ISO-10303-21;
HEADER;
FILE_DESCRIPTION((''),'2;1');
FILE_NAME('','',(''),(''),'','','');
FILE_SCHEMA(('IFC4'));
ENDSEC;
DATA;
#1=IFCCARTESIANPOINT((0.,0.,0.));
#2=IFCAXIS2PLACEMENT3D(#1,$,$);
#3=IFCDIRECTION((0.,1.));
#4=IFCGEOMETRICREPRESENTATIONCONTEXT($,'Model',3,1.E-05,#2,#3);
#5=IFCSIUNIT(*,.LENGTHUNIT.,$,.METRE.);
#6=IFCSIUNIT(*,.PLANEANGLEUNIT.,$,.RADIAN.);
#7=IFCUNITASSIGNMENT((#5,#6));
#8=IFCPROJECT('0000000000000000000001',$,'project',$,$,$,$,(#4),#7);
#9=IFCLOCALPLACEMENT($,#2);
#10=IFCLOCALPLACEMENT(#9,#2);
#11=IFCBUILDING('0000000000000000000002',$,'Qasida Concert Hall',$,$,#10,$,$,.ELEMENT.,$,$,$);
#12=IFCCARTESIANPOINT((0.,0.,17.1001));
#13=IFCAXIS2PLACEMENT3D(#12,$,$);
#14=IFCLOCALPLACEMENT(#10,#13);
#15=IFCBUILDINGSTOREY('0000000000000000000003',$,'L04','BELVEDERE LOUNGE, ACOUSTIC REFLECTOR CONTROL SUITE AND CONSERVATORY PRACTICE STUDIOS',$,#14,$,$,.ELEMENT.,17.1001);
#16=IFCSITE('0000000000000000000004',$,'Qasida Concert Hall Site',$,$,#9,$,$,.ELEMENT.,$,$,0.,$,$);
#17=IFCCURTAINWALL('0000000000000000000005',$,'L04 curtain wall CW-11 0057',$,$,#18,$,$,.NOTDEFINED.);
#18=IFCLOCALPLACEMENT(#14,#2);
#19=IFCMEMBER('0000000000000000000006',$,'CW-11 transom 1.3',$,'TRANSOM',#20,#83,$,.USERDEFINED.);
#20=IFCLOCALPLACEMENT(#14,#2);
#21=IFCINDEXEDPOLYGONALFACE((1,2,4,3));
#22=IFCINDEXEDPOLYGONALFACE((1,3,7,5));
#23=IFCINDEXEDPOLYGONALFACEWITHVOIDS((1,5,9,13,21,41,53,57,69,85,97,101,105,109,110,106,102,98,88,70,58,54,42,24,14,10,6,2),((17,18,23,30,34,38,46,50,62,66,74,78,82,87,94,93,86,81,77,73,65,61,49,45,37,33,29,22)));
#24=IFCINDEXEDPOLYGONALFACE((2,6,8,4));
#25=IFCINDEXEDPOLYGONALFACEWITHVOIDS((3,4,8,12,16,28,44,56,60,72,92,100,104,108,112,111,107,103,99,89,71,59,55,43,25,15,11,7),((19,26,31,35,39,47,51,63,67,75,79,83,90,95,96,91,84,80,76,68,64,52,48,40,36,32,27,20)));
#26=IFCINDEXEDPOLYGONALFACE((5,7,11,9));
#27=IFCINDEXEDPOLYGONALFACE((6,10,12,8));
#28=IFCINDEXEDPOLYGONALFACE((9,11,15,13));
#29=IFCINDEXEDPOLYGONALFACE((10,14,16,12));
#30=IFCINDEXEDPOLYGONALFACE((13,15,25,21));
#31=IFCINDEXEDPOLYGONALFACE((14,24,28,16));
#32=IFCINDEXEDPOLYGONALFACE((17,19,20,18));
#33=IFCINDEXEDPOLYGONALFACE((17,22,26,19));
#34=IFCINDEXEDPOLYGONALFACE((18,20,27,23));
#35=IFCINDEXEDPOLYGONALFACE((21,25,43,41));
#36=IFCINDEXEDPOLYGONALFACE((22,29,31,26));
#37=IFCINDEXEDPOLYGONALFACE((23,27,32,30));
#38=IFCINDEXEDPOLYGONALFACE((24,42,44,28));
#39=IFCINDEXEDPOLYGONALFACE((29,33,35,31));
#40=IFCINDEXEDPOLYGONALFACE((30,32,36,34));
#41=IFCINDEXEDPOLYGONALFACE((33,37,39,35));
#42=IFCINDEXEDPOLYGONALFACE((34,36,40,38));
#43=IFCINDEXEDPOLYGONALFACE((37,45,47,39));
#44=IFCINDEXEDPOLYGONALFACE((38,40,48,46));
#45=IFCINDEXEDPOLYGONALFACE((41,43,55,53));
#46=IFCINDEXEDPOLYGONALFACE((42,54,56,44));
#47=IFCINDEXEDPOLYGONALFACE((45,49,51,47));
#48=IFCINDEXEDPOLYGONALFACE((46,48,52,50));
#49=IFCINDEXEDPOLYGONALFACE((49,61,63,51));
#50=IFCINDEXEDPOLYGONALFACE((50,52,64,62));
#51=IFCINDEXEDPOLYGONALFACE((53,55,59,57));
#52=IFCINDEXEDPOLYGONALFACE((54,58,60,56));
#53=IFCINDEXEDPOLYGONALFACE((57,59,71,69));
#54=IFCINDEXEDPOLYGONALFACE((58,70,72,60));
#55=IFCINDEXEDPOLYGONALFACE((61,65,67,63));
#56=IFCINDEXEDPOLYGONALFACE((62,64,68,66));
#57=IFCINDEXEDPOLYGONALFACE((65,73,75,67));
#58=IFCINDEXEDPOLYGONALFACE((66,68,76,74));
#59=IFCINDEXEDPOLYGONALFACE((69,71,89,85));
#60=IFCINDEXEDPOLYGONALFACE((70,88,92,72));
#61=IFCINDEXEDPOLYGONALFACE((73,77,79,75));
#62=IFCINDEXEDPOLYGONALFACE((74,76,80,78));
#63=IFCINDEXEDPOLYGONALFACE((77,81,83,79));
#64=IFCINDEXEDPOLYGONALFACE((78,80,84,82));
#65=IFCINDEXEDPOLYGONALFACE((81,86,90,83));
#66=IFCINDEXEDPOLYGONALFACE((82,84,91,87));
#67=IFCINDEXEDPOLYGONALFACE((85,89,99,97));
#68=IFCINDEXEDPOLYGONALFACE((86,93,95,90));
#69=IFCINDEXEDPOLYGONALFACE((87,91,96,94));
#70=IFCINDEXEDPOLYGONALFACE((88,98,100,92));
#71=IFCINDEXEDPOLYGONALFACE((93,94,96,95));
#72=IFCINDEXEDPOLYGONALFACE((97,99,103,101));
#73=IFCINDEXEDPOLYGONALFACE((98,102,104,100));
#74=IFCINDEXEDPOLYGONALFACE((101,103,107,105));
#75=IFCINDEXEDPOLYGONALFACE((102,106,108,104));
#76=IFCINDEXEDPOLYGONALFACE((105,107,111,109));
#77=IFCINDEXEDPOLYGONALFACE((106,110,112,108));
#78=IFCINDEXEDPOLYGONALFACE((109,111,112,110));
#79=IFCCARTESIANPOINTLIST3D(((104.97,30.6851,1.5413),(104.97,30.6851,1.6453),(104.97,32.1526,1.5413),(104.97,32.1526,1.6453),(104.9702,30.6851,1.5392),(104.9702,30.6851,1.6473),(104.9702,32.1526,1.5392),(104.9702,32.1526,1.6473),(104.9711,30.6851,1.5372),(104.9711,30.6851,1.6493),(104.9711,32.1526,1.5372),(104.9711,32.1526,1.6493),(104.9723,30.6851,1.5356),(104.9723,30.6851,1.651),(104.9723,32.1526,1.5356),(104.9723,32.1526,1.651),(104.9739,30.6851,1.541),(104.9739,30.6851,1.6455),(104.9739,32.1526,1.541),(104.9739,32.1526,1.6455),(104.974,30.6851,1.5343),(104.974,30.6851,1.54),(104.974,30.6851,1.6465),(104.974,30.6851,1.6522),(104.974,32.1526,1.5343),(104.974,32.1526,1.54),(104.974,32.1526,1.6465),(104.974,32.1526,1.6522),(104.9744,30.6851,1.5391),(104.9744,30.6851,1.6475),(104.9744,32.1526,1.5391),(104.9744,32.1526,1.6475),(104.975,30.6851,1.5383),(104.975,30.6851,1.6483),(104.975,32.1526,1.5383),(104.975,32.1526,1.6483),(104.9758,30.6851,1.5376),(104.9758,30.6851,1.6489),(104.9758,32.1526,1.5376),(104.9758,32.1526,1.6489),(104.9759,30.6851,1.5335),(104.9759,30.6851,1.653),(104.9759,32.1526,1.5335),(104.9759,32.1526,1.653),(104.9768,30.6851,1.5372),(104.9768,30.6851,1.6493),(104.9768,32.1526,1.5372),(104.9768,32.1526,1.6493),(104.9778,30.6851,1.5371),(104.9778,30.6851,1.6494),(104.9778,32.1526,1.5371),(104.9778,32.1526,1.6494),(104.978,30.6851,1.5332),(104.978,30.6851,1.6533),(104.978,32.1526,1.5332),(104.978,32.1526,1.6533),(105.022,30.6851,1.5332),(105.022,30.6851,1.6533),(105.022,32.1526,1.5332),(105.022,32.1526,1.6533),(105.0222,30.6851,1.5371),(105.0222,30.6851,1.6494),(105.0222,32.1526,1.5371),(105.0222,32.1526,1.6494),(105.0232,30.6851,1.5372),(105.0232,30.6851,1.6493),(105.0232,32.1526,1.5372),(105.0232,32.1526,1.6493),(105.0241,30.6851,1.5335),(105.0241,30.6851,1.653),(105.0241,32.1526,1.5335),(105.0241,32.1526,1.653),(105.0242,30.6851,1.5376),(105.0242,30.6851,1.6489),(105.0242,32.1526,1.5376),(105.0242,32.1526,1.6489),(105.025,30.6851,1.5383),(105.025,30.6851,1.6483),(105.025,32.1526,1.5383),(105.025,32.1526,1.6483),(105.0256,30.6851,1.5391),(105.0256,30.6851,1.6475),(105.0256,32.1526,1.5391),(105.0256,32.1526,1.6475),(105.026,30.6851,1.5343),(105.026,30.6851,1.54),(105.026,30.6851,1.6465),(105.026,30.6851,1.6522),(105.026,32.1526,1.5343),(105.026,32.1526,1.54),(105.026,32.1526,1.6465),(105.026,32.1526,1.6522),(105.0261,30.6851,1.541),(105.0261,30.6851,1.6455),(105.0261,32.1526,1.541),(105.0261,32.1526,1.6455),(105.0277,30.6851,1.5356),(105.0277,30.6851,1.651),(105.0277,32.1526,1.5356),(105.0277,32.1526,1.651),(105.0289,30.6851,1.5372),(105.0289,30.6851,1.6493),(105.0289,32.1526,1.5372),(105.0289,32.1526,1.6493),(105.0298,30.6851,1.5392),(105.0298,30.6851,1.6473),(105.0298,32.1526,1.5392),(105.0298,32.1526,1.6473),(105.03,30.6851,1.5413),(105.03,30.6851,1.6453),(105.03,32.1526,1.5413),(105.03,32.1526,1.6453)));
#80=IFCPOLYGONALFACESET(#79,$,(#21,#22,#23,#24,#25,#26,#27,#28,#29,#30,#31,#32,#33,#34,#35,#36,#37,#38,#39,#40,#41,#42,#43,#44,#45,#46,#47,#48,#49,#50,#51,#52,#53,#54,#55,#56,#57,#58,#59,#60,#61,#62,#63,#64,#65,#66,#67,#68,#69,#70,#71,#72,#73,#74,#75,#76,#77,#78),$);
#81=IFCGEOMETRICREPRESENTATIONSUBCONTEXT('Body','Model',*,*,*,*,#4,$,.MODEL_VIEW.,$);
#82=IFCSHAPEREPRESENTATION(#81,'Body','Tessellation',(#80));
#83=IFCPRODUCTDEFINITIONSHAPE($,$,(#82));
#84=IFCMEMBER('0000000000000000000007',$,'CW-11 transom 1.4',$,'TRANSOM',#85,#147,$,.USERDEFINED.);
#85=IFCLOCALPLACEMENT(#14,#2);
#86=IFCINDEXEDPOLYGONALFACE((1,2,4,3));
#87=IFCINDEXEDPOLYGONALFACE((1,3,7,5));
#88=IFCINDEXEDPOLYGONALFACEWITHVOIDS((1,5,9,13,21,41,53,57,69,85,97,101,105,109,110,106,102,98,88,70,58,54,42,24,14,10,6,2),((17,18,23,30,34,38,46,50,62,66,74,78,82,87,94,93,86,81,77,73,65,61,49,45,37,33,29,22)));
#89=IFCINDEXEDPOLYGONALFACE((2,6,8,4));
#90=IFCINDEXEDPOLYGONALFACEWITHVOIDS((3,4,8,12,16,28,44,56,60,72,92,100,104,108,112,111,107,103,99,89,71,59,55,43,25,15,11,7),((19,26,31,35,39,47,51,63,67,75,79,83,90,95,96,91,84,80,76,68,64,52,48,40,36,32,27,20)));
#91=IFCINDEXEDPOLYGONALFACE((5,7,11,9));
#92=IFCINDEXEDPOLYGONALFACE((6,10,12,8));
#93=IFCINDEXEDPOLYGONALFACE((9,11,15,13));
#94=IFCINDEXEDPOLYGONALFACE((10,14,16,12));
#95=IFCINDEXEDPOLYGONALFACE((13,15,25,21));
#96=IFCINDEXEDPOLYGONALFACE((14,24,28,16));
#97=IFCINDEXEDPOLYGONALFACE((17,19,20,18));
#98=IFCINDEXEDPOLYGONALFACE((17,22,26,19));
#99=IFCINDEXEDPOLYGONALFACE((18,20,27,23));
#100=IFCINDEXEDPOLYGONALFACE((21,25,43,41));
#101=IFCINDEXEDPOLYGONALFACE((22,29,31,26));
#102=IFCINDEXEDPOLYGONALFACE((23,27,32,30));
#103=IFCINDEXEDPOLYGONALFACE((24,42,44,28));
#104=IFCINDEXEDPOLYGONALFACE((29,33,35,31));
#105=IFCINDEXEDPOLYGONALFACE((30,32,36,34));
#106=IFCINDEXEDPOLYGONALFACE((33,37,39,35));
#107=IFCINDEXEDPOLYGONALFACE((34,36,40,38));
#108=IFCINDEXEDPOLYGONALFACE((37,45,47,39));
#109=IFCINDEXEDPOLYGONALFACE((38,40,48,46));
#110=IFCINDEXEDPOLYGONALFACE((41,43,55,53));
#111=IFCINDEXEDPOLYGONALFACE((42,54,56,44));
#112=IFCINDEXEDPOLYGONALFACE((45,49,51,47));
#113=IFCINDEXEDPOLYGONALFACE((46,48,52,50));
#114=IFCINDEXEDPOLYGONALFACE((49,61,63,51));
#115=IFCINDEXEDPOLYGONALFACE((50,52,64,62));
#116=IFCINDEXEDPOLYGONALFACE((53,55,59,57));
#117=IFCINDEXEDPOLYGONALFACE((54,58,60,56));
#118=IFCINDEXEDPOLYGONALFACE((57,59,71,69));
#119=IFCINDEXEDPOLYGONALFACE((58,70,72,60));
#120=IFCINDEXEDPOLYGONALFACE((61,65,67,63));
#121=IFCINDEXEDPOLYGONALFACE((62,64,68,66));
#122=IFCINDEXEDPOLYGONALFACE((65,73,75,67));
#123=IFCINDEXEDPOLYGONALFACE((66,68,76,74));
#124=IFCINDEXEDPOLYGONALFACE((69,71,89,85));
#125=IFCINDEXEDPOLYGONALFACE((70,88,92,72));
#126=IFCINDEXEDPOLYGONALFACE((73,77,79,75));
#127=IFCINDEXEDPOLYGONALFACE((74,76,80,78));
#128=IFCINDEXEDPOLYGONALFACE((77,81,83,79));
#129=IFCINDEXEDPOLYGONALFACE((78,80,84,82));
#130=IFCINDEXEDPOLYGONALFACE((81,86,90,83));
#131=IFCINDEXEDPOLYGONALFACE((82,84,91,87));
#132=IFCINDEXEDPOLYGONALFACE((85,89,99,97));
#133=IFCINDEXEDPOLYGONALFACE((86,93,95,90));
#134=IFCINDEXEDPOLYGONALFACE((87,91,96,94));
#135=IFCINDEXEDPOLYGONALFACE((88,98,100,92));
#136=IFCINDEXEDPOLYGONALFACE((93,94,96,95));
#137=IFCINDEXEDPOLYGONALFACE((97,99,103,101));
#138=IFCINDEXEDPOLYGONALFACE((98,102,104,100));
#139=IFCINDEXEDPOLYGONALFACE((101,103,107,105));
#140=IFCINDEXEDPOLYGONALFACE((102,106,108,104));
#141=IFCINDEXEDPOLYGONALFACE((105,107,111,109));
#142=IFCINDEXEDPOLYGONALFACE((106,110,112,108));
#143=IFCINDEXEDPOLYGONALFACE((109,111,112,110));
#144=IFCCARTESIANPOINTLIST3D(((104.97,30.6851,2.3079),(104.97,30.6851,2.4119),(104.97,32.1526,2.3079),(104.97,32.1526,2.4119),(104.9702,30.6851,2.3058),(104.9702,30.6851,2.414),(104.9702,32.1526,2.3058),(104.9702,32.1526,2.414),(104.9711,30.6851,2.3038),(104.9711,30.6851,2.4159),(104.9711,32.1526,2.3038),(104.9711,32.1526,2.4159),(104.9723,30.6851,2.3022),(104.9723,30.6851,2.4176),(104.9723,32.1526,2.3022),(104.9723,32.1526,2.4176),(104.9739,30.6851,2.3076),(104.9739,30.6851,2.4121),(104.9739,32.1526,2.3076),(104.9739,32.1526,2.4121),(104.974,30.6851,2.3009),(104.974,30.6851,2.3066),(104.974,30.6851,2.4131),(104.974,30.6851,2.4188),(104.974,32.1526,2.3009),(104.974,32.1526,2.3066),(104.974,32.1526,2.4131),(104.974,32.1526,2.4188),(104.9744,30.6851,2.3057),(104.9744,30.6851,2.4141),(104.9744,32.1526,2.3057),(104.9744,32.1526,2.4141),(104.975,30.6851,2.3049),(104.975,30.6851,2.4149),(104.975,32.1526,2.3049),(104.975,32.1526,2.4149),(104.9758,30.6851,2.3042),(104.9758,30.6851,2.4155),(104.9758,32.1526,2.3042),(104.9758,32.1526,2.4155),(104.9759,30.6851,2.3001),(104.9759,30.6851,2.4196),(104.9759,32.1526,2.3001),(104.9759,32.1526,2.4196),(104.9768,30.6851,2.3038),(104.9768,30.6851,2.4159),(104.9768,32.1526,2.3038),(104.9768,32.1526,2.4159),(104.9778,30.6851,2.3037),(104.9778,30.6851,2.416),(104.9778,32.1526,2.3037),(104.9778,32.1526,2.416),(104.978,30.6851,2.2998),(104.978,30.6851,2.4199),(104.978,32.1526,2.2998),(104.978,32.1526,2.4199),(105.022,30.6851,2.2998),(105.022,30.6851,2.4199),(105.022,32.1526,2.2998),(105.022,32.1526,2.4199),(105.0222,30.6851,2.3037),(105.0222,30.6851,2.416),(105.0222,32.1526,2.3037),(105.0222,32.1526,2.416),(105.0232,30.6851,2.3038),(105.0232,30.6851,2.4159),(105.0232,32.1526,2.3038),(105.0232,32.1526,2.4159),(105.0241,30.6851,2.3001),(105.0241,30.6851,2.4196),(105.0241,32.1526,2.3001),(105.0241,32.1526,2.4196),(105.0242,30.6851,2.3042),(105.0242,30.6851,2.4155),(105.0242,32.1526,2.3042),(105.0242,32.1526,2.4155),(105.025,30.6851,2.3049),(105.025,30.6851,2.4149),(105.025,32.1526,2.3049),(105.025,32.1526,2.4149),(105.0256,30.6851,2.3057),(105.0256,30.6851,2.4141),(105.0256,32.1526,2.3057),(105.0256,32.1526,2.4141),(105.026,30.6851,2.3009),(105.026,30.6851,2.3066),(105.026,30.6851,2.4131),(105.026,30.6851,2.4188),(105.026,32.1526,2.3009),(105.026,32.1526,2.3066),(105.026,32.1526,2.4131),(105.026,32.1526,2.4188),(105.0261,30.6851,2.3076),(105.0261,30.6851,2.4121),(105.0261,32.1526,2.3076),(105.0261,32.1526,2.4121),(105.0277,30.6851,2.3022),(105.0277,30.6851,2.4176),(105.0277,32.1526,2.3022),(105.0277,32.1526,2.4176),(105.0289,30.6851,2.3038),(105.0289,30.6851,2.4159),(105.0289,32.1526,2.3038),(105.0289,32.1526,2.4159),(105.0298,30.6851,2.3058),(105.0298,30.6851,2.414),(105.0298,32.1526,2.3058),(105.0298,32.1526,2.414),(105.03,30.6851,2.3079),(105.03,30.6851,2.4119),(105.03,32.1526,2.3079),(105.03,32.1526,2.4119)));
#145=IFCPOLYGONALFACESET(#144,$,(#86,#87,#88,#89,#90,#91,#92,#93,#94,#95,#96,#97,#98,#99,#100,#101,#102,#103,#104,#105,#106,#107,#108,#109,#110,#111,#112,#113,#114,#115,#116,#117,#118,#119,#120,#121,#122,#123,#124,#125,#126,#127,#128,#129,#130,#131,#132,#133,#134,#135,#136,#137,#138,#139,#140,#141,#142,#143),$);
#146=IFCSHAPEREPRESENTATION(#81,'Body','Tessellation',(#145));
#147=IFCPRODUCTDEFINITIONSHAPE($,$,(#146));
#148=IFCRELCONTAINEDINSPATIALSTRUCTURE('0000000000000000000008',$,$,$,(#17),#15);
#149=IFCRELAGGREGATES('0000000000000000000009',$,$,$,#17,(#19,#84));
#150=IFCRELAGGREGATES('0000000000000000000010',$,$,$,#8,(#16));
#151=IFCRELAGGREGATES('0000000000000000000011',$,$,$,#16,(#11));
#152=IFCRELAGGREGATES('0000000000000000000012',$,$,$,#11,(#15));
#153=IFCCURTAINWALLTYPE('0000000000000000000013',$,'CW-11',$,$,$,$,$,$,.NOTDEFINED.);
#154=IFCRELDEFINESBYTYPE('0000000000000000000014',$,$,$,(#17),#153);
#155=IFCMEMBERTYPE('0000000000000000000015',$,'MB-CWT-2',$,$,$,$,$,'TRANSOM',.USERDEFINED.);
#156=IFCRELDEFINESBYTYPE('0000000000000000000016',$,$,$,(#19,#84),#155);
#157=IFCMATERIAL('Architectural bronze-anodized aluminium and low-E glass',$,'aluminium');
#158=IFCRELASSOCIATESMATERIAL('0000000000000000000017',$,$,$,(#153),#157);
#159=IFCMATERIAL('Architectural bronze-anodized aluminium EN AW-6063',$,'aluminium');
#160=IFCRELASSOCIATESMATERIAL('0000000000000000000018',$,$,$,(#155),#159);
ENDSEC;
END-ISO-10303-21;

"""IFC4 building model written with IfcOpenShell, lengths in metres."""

from ifc_helpers import new_model, si_unit, direction, frame, origin, origin_2d, place, context, subcontext, project, spatial, hollow_rectangle, extrude, material, material_profile, profile_set, type_object, element, aggregate, save


model = new_model("IFC4")

# Units and contexts
model_context = context("Model", 3, precision=1e-05, world=origin(), true_north=direction((0.0, 1.0)))
body_context = subcontext(model_context, "Body", "Model", "MODEL_VIEW")
ifc_project = project(units=[si_unit("LENGTHUNIT", "METRE"), si_unit("PLANEANGLEUNIT", "RADIAN")], contexts=[model_context])

# Site, building, storey
site_placement = place(None, origin())
site = spatial("IfcSite", under=ifc_project, at=site_placement, Name="Qasida Concert Hall Site", CompositionType="ELEMENT", RefElevation=0.0)
building_placement = place(site_placement, origin())
building = spatial("IfcBuilding", under=site, at=building_placement, Name="Qasida Concert Hall", CompositionType="ELEMENT")
storey_placement = place(building_placement, frame((0.0, 0.0, 17.1001)))
storey = spatial("IfcBuildingStorey", under=building, at=storey_placement, Name="L04", Description="BELVEDERE LOUNGE, ACOUSTIC REFLECTOR CONTROL SUITE AND CONSERVATORY PRACTICE STUDIOS", CompositionType="ELEMENT", Elevation=17.1001)

# Curtain wall, members
ifc_material_1 = material(Name="Architectural bronze-anodized aluminium and low-E glass", Category="aluminium")
curtain_wall_type = type_object("IfcCurtainWallType", Name="CW-11", PredefinedType="NOTDEFINED", material=ifc_material_1)
curtain_wall_placement = place(storey_placement, origin())
curtain_wall = element("IfcCurtainWall", 1, at=curtain_wall_placement, inside=storey, type_object=curtain_wall_type, Name="L04 curtain wall CW-11 0057", PredefinedType="NOTDEFINED")
ifc_material_2 = material(Name="Architectural bronze-anodized aluminium EN AW-6063", Category="aluminium")
ifc_material_profile_1 = material_profile(ifc_material_2, hollow_rectangle(XDim=0.0601, YDim=0.1201, WallThickness=0.0039, InnerFilletRadius=0.0039, OuterFilletRadius=0.0081, at=origin_2d()), Name="CWT 120x60x4")
ifc_profile_set_1 = profile_set([ifc_material_profile_1], Name="Architectural bronze-anodized aluminium EN AW-6063")
member_type_1 = type_object("IfcMemberType", Name="MB-CWT-2", ElementType="TRANSOM", PredefinedType="USERDEFINED", material=ifc_profile_set_1)
member_1_placement = place(storey_placement, frame((105.0, 30.6851, 1.5933), z_axis=(0.0, 1.0, 0.0), x_axis=(-1.0, 0.0, 0.0)))
member_1 = element("IfcMember", 2, at=member_1_placement, type_object=member_type_1, Name="CW-11 transom 1.3", ObjectType="TRANSOM", PredefinedType="USERDEFINED", context=body_context, shape_type="SweptSolid", body=[
    extrude(hollow_rectangle(XDim=0.0601, YDim=0.1201, WallThickness=0.0039, InnerFilletRadius=0.0039, OuterFilletRadius=0.0081, at=origin_2d()), origin(), (0.0, 0.0, 1.0), 1.4675),
])
member_2_placement = place(storey_placement, frame((105.0, 30.6851, 2.3599), z_axis=(0.0, 1.0, 0.0), x_axis=(-1.0, 0.0, 0.0)))
member_2 = element("IfcMember", 3, at=member_2_placement, type_object=member_type_1, Name="CW-11 transom 1.4", ObjectType="TRANSOM", PredefinedType="USERDEFINED", context=body_context, shape_type="SweptSolid", body=[
    extrude(hollow_rectangle(XDim=0.0601, YDim=0.1201, WallThickness=0.0039, InnerFilletRadius=0.0039, OuterFilletRadius=0.0081, at=origin_2d()), origin(), (0.0, 0.0, 1.0), 1.4675),
])
aggregate(curtain_wall, [member_1, member_2])

save(model, "model.ifc")
